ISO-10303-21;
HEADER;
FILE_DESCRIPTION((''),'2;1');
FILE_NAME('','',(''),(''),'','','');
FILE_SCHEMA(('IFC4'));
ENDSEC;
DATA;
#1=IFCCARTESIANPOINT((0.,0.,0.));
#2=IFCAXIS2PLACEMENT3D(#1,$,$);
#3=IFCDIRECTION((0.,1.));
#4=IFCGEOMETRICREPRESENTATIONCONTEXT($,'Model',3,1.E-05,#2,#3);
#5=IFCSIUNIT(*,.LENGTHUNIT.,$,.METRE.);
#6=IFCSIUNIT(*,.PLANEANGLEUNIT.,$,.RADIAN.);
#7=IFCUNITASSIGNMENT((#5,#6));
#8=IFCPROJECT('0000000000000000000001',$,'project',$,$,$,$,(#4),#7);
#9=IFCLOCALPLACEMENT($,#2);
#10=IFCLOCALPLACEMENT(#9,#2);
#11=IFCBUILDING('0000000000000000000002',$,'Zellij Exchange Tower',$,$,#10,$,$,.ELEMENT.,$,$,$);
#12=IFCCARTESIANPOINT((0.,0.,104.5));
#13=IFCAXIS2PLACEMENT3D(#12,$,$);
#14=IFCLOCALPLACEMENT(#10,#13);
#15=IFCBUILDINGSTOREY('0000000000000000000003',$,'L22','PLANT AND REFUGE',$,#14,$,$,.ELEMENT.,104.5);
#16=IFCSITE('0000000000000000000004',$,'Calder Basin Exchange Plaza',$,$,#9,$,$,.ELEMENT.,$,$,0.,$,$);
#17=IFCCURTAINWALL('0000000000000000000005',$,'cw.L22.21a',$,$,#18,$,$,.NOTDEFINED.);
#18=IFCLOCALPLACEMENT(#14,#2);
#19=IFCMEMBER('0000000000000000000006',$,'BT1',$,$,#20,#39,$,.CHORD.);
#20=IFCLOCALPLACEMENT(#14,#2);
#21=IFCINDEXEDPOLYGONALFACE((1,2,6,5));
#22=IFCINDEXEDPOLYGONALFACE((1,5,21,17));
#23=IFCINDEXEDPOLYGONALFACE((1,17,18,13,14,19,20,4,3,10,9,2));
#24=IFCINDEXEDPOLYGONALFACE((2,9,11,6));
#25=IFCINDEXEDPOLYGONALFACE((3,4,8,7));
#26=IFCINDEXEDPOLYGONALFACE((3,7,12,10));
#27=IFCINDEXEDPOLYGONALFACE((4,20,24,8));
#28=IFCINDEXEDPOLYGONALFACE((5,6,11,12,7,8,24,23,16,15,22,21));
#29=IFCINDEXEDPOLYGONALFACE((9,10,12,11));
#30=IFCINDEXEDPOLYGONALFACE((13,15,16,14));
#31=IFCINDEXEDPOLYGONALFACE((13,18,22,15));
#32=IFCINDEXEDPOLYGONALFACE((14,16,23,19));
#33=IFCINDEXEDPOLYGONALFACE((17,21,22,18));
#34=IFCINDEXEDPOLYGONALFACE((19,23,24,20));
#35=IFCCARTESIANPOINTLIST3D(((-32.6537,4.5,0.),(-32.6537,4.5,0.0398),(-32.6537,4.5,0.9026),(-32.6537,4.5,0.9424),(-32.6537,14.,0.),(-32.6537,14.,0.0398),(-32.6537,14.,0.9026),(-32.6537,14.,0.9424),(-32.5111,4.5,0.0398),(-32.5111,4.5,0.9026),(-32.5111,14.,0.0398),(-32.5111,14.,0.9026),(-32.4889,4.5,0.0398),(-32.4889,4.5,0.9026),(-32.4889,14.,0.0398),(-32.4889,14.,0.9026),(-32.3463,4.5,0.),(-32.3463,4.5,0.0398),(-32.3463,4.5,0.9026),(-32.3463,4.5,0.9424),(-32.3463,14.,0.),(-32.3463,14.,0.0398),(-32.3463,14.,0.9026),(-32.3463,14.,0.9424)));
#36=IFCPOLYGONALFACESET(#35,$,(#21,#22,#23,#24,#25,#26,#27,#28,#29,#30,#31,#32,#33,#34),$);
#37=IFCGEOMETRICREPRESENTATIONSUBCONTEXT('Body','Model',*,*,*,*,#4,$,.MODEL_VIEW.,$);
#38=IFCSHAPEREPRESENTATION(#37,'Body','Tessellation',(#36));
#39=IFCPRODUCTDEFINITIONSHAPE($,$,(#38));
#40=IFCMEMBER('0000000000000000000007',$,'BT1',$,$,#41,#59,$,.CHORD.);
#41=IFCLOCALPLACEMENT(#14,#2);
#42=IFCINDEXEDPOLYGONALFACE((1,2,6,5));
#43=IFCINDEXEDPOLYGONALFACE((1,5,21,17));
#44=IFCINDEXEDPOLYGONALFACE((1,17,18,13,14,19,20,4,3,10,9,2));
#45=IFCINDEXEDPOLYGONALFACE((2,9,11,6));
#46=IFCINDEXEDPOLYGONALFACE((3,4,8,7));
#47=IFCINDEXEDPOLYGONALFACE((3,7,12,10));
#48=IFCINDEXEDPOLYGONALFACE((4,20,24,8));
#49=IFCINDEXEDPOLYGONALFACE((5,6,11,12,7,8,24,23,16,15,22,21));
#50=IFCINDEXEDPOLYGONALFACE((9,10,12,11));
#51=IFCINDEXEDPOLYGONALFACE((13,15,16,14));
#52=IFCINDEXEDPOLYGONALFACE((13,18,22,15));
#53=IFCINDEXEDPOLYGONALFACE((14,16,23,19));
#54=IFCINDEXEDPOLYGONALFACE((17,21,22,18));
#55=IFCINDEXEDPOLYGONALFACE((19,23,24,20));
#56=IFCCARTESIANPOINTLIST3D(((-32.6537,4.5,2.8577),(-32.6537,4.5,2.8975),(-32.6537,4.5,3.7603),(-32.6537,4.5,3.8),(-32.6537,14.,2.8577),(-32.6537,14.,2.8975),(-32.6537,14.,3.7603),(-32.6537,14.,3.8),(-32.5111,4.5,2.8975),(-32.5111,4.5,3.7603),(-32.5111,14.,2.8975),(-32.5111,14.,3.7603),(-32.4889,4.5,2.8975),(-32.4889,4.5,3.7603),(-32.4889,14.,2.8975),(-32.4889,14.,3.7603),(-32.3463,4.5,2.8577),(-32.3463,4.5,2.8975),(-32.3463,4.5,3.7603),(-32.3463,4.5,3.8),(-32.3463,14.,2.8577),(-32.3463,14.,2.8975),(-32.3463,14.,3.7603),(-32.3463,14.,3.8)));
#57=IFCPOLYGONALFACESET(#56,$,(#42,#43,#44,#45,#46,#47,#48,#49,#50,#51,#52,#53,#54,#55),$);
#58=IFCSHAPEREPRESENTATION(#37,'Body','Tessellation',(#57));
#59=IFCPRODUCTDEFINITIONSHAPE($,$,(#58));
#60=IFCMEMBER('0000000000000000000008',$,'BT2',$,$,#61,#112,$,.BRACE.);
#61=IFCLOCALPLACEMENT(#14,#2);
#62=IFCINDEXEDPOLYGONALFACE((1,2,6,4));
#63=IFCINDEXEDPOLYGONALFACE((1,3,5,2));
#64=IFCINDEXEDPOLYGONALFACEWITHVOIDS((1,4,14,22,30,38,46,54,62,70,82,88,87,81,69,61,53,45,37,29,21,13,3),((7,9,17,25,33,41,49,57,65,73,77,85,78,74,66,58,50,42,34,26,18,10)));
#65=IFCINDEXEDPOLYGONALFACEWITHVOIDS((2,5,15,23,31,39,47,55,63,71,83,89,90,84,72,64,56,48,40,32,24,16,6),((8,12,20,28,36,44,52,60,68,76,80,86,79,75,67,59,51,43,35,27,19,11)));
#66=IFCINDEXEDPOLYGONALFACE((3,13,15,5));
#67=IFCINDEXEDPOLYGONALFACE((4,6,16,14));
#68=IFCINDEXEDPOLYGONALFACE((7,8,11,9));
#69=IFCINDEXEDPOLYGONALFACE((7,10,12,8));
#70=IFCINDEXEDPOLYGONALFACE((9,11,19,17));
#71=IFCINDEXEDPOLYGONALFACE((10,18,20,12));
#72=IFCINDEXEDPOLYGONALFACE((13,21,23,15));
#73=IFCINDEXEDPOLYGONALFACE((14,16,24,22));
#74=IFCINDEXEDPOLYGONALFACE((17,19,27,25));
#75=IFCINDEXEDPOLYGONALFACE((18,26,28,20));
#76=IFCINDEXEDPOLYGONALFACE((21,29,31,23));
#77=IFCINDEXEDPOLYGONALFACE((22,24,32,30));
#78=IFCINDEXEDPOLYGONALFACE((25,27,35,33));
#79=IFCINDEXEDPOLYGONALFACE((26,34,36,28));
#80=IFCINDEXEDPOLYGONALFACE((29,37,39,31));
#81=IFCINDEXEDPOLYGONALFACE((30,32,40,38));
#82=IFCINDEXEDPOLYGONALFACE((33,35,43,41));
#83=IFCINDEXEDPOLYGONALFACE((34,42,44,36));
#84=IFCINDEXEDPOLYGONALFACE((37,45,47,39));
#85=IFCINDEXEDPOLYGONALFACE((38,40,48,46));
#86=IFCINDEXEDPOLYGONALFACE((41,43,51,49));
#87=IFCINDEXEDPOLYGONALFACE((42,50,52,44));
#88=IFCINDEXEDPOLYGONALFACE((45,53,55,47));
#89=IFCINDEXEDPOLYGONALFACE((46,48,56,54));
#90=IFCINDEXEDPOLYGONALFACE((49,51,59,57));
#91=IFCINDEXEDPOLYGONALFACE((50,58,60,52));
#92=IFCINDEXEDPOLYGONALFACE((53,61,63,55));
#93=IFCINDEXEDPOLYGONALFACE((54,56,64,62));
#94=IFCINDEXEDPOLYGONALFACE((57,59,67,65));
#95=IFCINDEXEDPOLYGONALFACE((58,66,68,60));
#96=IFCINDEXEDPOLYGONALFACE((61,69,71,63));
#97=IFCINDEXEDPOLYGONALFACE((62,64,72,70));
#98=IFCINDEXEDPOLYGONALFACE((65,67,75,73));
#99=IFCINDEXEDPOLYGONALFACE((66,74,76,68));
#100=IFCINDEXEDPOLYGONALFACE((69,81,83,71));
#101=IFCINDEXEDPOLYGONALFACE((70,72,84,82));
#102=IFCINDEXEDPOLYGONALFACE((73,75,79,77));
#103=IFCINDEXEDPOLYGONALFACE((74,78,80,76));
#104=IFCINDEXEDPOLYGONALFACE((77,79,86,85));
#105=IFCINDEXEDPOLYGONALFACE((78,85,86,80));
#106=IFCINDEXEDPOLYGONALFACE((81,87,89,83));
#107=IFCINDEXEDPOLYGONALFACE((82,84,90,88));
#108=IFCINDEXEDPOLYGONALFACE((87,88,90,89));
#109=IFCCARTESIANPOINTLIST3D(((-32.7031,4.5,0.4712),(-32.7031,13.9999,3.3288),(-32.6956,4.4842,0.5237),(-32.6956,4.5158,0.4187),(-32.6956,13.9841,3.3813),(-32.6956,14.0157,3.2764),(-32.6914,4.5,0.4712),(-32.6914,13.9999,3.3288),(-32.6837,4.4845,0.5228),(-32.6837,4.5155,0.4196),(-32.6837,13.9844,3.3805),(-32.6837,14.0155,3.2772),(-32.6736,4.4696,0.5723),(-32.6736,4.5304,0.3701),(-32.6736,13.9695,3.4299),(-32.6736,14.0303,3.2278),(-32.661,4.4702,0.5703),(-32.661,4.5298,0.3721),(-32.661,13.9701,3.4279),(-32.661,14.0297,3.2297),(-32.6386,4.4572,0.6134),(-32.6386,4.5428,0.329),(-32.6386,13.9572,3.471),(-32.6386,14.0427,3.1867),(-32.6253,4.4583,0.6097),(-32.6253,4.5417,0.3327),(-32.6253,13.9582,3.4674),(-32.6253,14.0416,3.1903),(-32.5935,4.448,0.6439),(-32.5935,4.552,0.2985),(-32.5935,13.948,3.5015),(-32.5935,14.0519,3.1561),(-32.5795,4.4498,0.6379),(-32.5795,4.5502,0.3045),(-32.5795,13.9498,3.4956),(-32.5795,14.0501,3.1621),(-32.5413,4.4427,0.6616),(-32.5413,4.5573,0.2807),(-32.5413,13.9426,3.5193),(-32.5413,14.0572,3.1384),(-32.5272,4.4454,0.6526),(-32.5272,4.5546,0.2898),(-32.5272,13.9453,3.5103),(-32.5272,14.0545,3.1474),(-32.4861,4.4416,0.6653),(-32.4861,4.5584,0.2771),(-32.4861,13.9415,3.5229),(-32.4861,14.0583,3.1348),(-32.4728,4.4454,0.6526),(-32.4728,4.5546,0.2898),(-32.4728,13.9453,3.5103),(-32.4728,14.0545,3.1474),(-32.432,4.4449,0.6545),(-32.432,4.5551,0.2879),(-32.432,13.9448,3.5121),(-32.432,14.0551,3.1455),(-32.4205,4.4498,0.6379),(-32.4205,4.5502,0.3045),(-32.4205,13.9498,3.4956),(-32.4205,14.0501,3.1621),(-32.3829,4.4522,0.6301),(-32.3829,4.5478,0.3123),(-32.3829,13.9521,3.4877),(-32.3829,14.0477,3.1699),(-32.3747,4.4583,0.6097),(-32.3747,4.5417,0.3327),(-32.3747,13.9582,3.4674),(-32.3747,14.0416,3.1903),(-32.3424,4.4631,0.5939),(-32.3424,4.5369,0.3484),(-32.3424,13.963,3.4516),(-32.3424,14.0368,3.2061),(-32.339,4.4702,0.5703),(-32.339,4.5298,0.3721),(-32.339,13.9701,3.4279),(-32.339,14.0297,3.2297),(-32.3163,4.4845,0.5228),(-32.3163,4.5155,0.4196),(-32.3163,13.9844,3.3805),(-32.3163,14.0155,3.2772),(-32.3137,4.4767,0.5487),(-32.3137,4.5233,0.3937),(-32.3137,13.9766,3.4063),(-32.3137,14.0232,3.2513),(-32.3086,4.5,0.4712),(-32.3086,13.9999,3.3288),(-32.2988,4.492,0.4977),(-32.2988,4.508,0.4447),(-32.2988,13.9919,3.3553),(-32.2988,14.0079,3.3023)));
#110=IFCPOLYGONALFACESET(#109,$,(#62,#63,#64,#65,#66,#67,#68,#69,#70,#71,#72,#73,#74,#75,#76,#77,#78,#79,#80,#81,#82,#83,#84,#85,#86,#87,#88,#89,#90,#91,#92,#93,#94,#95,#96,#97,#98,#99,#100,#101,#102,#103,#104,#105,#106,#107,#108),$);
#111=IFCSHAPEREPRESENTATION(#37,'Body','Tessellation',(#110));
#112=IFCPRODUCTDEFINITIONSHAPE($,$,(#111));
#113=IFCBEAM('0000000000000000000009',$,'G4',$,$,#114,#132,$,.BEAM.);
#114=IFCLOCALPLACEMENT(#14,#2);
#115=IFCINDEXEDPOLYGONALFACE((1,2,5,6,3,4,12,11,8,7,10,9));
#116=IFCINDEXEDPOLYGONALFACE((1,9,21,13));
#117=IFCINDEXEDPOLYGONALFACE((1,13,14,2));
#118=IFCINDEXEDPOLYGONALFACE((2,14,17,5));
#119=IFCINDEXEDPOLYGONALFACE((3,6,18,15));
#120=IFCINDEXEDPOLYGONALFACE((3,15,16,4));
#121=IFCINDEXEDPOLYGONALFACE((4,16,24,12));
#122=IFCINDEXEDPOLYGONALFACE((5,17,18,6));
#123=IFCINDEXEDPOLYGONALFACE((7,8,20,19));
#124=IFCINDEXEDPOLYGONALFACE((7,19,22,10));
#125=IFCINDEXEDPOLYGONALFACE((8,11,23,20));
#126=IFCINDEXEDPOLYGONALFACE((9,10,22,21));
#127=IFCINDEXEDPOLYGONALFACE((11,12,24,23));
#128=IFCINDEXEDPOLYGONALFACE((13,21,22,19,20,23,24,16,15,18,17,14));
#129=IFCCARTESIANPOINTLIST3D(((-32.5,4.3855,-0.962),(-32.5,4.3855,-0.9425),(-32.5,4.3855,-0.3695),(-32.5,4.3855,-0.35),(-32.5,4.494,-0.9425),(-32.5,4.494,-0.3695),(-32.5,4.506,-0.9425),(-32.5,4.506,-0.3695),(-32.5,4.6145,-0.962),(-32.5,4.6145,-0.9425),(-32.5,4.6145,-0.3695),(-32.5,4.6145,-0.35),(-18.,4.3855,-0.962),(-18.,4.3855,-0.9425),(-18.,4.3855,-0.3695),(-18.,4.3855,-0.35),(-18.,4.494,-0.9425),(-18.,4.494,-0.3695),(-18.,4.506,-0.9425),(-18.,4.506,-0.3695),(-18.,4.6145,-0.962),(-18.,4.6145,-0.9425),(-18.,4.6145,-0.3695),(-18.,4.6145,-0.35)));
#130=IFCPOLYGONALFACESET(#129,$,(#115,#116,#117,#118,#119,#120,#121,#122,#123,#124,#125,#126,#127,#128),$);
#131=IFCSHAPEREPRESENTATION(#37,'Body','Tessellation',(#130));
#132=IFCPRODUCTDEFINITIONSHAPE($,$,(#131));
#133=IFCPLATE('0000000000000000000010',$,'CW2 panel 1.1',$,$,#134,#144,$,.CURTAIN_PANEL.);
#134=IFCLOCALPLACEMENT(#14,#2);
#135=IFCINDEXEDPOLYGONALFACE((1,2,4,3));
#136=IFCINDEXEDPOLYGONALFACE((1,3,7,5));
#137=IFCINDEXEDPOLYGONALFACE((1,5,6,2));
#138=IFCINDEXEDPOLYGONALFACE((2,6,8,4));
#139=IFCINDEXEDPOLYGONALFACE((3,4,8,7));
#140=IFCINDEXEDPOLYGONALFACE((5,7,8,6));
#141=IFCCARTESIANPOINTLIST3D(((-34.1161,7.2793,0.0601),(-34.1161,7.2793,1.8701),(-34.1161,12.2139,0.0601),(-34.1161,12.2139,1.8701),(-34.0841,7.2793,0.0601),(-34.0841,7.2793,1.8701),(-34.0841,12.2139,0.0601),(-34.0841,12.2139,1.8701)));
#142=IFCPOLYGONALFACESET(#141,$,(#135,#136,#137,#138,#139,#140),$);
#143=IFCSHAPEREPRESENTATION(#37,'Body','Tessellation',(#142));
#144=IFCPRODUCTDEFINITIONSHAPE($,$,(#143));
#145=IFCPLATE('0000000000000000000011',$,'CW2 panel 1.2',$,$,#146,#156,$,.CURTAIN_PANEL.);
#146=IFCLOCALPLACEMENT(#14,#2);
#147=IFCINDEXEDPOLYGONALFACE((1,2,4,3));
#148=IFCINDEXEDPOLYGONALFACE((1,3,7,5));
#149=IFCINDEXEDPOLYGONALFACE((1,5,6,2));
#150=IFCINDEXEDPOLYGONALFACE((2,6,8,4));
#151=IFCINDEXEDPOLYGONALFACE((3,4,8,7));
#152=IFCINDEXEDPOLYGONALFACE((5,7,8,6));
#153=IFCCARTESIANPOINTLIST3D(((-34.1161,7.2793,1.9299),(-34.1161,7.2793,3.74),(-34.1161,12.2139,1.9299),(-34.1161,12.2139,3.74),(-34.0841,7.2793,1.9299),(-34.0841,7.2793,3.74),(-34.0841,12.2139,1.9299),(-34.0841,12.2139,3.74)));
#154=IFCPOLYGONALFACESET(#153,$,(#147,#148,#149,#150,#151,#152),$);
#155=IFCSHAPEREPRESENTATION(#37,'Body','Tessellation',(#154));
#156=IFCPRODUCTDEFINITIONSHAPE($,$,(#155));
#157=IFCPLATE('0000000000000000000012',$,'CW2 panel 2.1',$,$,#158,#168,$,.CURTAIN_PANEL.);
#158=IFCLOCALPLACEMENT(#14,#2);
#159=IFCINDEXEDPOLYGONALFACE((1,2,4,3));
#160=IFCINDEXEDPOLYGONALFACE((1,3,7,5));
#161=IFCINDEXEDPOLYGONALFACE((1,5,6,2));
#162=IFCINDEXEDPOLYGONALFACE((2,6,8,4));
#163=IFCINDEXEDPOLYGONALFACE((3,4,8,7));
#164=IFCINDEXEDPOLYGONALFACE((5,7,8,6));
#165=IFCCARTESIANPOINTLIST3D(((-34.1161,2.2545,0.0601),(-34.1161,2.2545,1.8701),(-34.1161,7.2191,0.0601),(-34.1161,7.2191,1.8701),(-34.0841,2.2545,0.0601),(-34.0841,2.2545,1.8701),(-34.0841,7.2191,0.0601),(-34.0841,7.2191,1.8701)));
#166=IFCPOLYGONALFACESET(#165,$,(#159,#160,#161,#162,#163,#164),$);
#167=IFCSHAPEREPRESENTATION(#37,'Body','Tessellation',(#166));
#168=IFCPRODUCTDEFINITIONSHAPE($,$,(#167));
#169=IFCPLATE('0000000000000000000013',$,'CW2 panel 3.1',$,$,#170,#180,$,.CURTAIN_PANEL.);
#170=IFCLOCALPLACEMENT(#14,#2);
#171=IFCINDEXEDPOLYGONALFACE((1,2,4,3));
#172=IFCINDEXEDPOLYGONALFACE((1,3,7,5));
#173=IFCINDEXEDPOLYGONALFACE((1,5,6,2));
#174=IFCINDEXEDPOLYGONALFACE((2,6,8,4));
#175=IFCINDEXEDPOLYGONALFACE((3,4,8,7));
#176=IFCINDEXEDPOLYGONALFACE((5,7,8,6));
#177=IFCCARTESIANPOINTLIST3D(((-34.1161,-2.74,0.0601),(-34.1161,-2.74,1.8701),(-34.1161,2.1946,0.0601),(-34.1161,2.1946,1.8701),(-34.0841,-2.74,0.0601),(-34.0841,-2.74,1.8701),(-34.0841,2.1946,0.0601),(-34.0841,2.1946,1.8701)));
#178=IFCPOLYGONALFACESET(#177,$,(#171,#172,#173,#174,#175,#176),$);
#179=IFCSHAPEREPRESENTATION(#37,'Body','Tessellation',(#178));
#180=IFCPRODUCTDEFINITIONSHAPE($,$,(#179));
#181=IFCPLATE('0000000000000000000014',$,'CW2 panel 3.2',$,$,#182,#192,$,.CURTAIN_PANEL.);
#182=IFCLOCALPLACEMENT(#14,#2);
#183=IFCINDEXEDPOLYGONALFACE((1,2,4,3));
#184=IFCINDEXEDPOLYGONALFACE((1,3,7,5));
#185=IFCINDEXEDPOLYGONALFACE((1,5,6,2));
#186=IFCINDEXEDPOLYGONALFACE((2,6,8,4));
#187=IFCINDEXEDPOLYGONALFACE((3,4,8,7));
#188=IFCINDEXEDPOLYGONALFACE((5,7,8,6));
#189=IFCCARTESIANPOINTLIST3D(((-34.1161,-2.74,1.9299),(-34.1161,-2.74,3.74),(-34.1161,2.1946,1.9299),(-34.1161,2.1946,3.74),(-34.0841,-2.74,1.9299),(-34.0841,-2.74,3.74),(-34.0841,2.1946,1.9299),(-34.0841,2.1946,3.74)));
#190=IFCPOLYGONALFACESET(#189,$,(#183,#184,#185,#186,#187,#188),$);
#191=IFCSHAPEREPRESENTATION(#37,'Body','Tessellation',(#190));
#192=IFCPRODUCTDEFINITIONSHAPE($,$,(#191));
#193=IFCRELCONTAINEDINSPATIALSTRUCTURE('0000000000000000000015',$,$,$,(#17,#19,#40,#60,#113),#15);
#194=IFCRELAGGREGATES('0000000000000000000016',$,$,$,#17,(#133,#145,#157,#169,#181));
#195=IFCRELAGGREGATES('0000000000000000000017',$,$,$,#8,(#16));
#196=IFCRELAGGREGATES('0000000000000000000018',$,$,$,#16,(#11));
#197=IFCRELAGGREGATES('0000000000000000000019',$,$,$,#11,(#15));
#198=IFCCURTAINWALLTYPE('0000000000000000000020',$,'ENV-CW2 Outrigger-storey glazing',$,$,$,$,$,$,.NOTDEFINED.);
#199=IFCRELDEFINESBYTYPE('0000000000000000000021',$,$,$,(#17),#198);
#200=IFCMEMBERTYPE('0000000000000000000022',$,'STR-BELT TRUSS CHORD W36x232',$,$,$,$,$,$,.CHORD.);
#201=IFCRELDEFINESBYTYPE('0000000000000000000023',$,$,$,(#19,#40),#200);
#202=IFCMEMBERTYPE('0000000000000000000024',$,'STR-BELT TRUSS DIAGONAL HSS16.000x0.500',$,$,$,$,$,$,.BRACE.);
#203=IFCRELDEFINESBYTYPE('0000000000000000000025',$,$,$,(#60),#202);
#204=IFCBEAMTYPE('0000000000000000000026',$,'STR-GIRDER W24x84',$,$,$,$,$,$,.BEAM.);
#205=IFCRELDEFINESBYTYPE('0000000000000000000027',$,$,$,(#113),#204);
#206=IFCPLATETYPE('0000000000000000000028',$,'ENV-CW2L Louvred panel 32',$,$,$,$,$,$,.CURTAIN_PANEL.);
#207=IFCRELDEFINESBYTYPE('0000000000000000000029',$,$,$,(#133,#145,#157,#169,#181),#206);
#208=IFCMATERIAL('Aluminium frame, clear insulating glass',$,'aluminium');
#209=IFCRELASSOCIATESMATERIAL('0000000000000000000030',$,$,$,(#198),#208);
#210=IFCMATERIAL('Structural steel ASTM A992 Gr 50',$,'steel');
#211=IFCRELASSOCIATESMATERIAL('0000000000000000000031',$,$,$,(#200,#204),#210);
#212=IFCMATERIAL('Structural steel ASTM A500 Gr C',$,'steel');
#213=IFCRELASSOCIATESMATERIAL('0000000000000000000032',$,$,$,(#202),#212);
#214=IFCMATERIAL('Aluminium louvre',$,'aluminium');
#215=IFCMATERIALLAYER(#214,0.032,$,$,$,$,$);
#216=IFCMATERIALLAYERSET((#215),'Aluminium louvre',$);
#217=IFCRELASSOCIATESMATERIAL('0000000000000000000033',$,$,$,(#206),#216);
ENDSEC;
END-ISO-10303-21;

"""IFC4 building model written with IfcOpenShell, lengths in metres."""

from ifc_helpers import new_model, si_unit, direction, frame, origin, origin_2d, place, context, subcontext, project, spatial, rectangle, hollow_circle, i_section, extrude, material, layer, layer_set, material_profile, profile_set, type_object, element, aggregate, save


model = new_model("IFC4")

# Units and contexts
model_context = context("Model", 3, precision=1e-05, world=origin(), true_north=direction((0.0, 1.0)))
body_context = subcontext(model_context, "Body", "Model", "MODEL_VIEW")
ifc_project = project(units=[si_unit("LENGTHUNIT", "METRE"), si_unit("PLANEANGLEUNIT", "RADIAN")], contexts=[model_context])

# Site, building, storey
site_placement = place(None, origin())
site = spatial("IfcSite", under=ifc_project, at=site_placement, Name="Calder Basin Exchange Plaza", CompositionType="ELEMENT", RefElevation=0.0)
building_placement = place(site_placement, origin())
building = spatial("IfcBuilding", under=site, at=building_placement, Name="Zellij Exchange Tower", CompositionType="ELEMENT")
storey_placement = place(building_placement, frame((0.0, 0.0, 104.5)))
storey = spatial("IfcBuildingStorey", under=building, at=storey_placement, Name="L22", Description="PLANT AND REFUGE", CompositionType="ELEMENT", Elevation=104.5)

# Curtain wall
ifc_material_1 = material(Name="Aluminium frame, clear insulating glass", Category="aluminium")
curtain_wall_type = type_object("IfcCurtainWallType", Name="ENV-CW2 Outrigger-storey glazing", PredefinedType="NOTDEFINED", material=ifc_material_1)
curtain_wall_placement = place(storey_placement, origin())
curtain_wall = element("IfcCurtainWall", 1, at=curtain_wall_placement, inside=storey, type_object=curtain_wall_type, Name="cw.L22.21a", PredefinedType="NOTDEFINED")

# Shared definitions
ifc_material_2 = material(Name="Structural steel ASTM A992 Gr 50", Category="steel")

# Members
ifc_material_profile_1 = material_profile(ifc_material_2, i_section(OverallWidth=0.3074, OverallDepth=0.9424, WebThickness=0.0222, FlangeThickness=0.0398, at=origin_2d()), Name="W36x232")
ifc_profile_set_1 = profile_set([ifc_material_profile_1], Name="Structural steel ASTM A992 Gr 50")
member_type_1 = type_object("IfcMemberType", Name="STR-BELT TRUSS CHORD W36x232", PredefinedType="CHORD", material=ifc_profile_set_1)
for number, where, z_axis, x_axis, name in (
    (2, (-32.5, 4.5, 0.4712), (0.0, 1.0, 0.0), (-1.0, 0.0, 0.0), "BT1"),
    (3, (-32.5, 4.5, 3.3289), (0.0, 1.0, 0.0), (-1.0, 0.0, 0.0), "BT1"),
):
    element("IfcMember", number, at=place(storey_placement, frame(where, z_axis=z_axis, x_axis=x_axis)), inside=storey, type_object=member_type_1, Name=name, PredefinedType="CHORD", context=body_context, shape_type="SweptSolid", body=[
        extrude(i_section(OverallWidth=0.3074, OverallDepth=0.9424, WebThickness=0.0222, FlangeThickness=0.0398, at=origin_2d()), origin(), (0.0, 0.0, 1.0), 9.5),
    ])
ifc_material_3 = material(Name="Structural steel ASTM A500 Gr C", Category="steel")
ifc_material_profile_2 = material_profile(ifc_material_3, hollow_circle(Radius=0.2031, WallThickness=0.0117, at=origin_2d()), Name="STR-BELT TRUSS DIAGONAL HSS16.000x0.500")
ifc_profile_set_2 = profile_set([ifc_material_profile_2], Name="Structural steel ASTM A500 Gr C")
member_type_2 = type_object("IfcMemberType", Name="STR-BELT TRUSS DIAGONAL HSS16.000x0.500", PredefinedType="BRACE", material=ifc_profile_set_2)
member_1_placement = place(storey_placement, frame((-32.5, 4.5, 0.4712), z_axis=(0.0, 0.957613, 0.288057), x_axis=(-1.0, 0.0, 0.0)))
element("IfcMember", 4, at=member_1_placement, inside=storey, type_object=member_type_2, Name="BT2", PredefinedType="BRACE", context=body_context, shape_type="SweptSolid", body=[
    extrude(hollow_circle(Radius=0.2031, WallThickness=0.0117, at=origin_2d()), origin(), (0.0, 0.0, 1.0), 9.9204),
])

# Beam
ifc_material_profile_3 = material_profile(ifc_material_2, i_section(OverallWidth=0.229, OverallDepth=0.6121, WebThickness=0.012, FlangeThickness=0.0195, at=origin_2d()), Name="W24x84")
ifc_profile_set_3 = profile_set([ifc_material_profile_3], Name="Structural steel ASTM A992 Gr 50")
beam_type_1 = type_object("IfcBeamType", Name="STR-GIRDER W24x84", PredefinedType="BEAM", material=ifc_profile_set_3)
beam_1_placement = place(storey_placement, frame((-32.5, 4.5, -0.656), z_axis=(1.0, 0.0, 0.0), x_axis=(0.0, 1.0, 0.0)))
element("IfcBeam", 5, at=beam_1_placement, inside=storey, type_object=beam_type_1, Name="G4", PredefinedType="BEAM", context=body_context, shape_type="SweptSolid", body=[
    extrude(i_section(OverallWidth=0.229, OverallDepth=0.6121, WebThickness=0.012, FlangeThickness=0.0195, at=origin_2d()), origin(), (0.0, 0.0, 1.0), 14.5),
])

# Plates
ifc_material_4 = material(Name="Aluminium louvre", Category="aluminium")
ifc_layer_1 = layer(ifc_material_4, 0.032)
ifc_layer_set_1 = layer_set([ifc_layer_1], Name="Aluminium louvre")
plate_type_1 = type_object("IfcPlateType", Name="ENV-CW2L Louvred panel 32", PredefinedType="CURTAIN_PANEL", material=ifc_layer_set_1)
plate_1_placement = place(storey_placement, frame((-34.1001, 9.7466, 0.0601), z_axis=(0.0, 0.0, 1.0), x_axis=(0.0, -1.0, 0.0)))
plate_1 = element("IfcPlate", 6, at=plate_1_placement, type_object=plate_type_1, Name="CW2 panel 1.1", PredefinedType="CURTAIN_PANEL", context=body_context, shape_type="SweptSolid", body=[
    extrude(rectangle(XDim=4.9346, YDim=0.032, at=origin_2d()), origin(), (0.0, 0.0, 1.0), 1.8101),
])
plate_2_placement = place(storey_placement, frame((-34.1001, 9.7466, 1.9299), z_axis=(0.0, 0.0, 1.0), x_axis=(0.0, -1.0, 0.0)))
plate_2 = element("IfcPlate", 7, at=plate_2_placement, type_object=plate_type_1, Name="CW2 panel 1.2", PredefinedType="CURTAIN_PANEL", context=body_context, shape_type="SweptSolid", body=[
    extrude(rectangle(XDim=4.9346, YDim=0.032, at=origin_2d()), origin(), (0.0, 0.0, 1.0), 1.8101),
])
plate_3_placement = place(storey_placement, frame((-34.1001, 4.7368, 0.0601), z_axis=(0.0, 0.0, 1.0), x_axis=(0.0, -1.0, 0.0)))
plate_3 = element("IfcPlate", 8, at=plate_3_placement, type_object=plate_type_1, Name="CW2 panel 2.1", PredefinedType="CURTAIN_PANEL", context=body_context, shape_type="SweptSolid", body=[
    extrude(rectangle(XDim=4.9646, YDim=0.032, at=origin_2d()), origin(), (0.0, 0.0, 1.0), 1.8101),
])
plate_4_placement = place(storey_placement, frame((-34.1001, -0.2727, 0.0601), z_axis=(0.0, 0.0, 1.0), x_axis=(0.0, -1.0, 0.0)))
plate_4 = element("IfcPlate", 9, at=plate_4_placement, type_object=plate_type_1, Name="CW2 panel 3.1", PredefinedType="CURTAIN_PANEL", context=body_context, shape_type="SweptSolid", body=[
    extrude(rectangle(XDim=4.9346, YDim=0.032, at=origin_2d()), origin(), (0.0, 0.0, 1.0), 1.8101),
])
plate_5_placement = place(storey_placement, frame((-34.1001, -0.2727, 1.9299), z_axis=(0.0, 0.0, 1.0), x_axis=(0.0, -1.0, 0.0)))
plate_5 = element("IfcPlate", 10, at=plate_5_placement, type_object=plate_type_1, Name="CW2 panel 3.2", PredefinedType="CURTAIN_PANEL", context=body_context, shape_type="SweptSolid", body=[
    extrude(rectangle(XDim=4.9346, YDim=0.032, at=origin_2d()), origin(), (0.0, 0.0, 1.0), 1.8101),
])
aggregate(curtain_wall, [plate_1, plate_2, plate_3, plate_4, plate_5])

save(model, "model.ifc")
